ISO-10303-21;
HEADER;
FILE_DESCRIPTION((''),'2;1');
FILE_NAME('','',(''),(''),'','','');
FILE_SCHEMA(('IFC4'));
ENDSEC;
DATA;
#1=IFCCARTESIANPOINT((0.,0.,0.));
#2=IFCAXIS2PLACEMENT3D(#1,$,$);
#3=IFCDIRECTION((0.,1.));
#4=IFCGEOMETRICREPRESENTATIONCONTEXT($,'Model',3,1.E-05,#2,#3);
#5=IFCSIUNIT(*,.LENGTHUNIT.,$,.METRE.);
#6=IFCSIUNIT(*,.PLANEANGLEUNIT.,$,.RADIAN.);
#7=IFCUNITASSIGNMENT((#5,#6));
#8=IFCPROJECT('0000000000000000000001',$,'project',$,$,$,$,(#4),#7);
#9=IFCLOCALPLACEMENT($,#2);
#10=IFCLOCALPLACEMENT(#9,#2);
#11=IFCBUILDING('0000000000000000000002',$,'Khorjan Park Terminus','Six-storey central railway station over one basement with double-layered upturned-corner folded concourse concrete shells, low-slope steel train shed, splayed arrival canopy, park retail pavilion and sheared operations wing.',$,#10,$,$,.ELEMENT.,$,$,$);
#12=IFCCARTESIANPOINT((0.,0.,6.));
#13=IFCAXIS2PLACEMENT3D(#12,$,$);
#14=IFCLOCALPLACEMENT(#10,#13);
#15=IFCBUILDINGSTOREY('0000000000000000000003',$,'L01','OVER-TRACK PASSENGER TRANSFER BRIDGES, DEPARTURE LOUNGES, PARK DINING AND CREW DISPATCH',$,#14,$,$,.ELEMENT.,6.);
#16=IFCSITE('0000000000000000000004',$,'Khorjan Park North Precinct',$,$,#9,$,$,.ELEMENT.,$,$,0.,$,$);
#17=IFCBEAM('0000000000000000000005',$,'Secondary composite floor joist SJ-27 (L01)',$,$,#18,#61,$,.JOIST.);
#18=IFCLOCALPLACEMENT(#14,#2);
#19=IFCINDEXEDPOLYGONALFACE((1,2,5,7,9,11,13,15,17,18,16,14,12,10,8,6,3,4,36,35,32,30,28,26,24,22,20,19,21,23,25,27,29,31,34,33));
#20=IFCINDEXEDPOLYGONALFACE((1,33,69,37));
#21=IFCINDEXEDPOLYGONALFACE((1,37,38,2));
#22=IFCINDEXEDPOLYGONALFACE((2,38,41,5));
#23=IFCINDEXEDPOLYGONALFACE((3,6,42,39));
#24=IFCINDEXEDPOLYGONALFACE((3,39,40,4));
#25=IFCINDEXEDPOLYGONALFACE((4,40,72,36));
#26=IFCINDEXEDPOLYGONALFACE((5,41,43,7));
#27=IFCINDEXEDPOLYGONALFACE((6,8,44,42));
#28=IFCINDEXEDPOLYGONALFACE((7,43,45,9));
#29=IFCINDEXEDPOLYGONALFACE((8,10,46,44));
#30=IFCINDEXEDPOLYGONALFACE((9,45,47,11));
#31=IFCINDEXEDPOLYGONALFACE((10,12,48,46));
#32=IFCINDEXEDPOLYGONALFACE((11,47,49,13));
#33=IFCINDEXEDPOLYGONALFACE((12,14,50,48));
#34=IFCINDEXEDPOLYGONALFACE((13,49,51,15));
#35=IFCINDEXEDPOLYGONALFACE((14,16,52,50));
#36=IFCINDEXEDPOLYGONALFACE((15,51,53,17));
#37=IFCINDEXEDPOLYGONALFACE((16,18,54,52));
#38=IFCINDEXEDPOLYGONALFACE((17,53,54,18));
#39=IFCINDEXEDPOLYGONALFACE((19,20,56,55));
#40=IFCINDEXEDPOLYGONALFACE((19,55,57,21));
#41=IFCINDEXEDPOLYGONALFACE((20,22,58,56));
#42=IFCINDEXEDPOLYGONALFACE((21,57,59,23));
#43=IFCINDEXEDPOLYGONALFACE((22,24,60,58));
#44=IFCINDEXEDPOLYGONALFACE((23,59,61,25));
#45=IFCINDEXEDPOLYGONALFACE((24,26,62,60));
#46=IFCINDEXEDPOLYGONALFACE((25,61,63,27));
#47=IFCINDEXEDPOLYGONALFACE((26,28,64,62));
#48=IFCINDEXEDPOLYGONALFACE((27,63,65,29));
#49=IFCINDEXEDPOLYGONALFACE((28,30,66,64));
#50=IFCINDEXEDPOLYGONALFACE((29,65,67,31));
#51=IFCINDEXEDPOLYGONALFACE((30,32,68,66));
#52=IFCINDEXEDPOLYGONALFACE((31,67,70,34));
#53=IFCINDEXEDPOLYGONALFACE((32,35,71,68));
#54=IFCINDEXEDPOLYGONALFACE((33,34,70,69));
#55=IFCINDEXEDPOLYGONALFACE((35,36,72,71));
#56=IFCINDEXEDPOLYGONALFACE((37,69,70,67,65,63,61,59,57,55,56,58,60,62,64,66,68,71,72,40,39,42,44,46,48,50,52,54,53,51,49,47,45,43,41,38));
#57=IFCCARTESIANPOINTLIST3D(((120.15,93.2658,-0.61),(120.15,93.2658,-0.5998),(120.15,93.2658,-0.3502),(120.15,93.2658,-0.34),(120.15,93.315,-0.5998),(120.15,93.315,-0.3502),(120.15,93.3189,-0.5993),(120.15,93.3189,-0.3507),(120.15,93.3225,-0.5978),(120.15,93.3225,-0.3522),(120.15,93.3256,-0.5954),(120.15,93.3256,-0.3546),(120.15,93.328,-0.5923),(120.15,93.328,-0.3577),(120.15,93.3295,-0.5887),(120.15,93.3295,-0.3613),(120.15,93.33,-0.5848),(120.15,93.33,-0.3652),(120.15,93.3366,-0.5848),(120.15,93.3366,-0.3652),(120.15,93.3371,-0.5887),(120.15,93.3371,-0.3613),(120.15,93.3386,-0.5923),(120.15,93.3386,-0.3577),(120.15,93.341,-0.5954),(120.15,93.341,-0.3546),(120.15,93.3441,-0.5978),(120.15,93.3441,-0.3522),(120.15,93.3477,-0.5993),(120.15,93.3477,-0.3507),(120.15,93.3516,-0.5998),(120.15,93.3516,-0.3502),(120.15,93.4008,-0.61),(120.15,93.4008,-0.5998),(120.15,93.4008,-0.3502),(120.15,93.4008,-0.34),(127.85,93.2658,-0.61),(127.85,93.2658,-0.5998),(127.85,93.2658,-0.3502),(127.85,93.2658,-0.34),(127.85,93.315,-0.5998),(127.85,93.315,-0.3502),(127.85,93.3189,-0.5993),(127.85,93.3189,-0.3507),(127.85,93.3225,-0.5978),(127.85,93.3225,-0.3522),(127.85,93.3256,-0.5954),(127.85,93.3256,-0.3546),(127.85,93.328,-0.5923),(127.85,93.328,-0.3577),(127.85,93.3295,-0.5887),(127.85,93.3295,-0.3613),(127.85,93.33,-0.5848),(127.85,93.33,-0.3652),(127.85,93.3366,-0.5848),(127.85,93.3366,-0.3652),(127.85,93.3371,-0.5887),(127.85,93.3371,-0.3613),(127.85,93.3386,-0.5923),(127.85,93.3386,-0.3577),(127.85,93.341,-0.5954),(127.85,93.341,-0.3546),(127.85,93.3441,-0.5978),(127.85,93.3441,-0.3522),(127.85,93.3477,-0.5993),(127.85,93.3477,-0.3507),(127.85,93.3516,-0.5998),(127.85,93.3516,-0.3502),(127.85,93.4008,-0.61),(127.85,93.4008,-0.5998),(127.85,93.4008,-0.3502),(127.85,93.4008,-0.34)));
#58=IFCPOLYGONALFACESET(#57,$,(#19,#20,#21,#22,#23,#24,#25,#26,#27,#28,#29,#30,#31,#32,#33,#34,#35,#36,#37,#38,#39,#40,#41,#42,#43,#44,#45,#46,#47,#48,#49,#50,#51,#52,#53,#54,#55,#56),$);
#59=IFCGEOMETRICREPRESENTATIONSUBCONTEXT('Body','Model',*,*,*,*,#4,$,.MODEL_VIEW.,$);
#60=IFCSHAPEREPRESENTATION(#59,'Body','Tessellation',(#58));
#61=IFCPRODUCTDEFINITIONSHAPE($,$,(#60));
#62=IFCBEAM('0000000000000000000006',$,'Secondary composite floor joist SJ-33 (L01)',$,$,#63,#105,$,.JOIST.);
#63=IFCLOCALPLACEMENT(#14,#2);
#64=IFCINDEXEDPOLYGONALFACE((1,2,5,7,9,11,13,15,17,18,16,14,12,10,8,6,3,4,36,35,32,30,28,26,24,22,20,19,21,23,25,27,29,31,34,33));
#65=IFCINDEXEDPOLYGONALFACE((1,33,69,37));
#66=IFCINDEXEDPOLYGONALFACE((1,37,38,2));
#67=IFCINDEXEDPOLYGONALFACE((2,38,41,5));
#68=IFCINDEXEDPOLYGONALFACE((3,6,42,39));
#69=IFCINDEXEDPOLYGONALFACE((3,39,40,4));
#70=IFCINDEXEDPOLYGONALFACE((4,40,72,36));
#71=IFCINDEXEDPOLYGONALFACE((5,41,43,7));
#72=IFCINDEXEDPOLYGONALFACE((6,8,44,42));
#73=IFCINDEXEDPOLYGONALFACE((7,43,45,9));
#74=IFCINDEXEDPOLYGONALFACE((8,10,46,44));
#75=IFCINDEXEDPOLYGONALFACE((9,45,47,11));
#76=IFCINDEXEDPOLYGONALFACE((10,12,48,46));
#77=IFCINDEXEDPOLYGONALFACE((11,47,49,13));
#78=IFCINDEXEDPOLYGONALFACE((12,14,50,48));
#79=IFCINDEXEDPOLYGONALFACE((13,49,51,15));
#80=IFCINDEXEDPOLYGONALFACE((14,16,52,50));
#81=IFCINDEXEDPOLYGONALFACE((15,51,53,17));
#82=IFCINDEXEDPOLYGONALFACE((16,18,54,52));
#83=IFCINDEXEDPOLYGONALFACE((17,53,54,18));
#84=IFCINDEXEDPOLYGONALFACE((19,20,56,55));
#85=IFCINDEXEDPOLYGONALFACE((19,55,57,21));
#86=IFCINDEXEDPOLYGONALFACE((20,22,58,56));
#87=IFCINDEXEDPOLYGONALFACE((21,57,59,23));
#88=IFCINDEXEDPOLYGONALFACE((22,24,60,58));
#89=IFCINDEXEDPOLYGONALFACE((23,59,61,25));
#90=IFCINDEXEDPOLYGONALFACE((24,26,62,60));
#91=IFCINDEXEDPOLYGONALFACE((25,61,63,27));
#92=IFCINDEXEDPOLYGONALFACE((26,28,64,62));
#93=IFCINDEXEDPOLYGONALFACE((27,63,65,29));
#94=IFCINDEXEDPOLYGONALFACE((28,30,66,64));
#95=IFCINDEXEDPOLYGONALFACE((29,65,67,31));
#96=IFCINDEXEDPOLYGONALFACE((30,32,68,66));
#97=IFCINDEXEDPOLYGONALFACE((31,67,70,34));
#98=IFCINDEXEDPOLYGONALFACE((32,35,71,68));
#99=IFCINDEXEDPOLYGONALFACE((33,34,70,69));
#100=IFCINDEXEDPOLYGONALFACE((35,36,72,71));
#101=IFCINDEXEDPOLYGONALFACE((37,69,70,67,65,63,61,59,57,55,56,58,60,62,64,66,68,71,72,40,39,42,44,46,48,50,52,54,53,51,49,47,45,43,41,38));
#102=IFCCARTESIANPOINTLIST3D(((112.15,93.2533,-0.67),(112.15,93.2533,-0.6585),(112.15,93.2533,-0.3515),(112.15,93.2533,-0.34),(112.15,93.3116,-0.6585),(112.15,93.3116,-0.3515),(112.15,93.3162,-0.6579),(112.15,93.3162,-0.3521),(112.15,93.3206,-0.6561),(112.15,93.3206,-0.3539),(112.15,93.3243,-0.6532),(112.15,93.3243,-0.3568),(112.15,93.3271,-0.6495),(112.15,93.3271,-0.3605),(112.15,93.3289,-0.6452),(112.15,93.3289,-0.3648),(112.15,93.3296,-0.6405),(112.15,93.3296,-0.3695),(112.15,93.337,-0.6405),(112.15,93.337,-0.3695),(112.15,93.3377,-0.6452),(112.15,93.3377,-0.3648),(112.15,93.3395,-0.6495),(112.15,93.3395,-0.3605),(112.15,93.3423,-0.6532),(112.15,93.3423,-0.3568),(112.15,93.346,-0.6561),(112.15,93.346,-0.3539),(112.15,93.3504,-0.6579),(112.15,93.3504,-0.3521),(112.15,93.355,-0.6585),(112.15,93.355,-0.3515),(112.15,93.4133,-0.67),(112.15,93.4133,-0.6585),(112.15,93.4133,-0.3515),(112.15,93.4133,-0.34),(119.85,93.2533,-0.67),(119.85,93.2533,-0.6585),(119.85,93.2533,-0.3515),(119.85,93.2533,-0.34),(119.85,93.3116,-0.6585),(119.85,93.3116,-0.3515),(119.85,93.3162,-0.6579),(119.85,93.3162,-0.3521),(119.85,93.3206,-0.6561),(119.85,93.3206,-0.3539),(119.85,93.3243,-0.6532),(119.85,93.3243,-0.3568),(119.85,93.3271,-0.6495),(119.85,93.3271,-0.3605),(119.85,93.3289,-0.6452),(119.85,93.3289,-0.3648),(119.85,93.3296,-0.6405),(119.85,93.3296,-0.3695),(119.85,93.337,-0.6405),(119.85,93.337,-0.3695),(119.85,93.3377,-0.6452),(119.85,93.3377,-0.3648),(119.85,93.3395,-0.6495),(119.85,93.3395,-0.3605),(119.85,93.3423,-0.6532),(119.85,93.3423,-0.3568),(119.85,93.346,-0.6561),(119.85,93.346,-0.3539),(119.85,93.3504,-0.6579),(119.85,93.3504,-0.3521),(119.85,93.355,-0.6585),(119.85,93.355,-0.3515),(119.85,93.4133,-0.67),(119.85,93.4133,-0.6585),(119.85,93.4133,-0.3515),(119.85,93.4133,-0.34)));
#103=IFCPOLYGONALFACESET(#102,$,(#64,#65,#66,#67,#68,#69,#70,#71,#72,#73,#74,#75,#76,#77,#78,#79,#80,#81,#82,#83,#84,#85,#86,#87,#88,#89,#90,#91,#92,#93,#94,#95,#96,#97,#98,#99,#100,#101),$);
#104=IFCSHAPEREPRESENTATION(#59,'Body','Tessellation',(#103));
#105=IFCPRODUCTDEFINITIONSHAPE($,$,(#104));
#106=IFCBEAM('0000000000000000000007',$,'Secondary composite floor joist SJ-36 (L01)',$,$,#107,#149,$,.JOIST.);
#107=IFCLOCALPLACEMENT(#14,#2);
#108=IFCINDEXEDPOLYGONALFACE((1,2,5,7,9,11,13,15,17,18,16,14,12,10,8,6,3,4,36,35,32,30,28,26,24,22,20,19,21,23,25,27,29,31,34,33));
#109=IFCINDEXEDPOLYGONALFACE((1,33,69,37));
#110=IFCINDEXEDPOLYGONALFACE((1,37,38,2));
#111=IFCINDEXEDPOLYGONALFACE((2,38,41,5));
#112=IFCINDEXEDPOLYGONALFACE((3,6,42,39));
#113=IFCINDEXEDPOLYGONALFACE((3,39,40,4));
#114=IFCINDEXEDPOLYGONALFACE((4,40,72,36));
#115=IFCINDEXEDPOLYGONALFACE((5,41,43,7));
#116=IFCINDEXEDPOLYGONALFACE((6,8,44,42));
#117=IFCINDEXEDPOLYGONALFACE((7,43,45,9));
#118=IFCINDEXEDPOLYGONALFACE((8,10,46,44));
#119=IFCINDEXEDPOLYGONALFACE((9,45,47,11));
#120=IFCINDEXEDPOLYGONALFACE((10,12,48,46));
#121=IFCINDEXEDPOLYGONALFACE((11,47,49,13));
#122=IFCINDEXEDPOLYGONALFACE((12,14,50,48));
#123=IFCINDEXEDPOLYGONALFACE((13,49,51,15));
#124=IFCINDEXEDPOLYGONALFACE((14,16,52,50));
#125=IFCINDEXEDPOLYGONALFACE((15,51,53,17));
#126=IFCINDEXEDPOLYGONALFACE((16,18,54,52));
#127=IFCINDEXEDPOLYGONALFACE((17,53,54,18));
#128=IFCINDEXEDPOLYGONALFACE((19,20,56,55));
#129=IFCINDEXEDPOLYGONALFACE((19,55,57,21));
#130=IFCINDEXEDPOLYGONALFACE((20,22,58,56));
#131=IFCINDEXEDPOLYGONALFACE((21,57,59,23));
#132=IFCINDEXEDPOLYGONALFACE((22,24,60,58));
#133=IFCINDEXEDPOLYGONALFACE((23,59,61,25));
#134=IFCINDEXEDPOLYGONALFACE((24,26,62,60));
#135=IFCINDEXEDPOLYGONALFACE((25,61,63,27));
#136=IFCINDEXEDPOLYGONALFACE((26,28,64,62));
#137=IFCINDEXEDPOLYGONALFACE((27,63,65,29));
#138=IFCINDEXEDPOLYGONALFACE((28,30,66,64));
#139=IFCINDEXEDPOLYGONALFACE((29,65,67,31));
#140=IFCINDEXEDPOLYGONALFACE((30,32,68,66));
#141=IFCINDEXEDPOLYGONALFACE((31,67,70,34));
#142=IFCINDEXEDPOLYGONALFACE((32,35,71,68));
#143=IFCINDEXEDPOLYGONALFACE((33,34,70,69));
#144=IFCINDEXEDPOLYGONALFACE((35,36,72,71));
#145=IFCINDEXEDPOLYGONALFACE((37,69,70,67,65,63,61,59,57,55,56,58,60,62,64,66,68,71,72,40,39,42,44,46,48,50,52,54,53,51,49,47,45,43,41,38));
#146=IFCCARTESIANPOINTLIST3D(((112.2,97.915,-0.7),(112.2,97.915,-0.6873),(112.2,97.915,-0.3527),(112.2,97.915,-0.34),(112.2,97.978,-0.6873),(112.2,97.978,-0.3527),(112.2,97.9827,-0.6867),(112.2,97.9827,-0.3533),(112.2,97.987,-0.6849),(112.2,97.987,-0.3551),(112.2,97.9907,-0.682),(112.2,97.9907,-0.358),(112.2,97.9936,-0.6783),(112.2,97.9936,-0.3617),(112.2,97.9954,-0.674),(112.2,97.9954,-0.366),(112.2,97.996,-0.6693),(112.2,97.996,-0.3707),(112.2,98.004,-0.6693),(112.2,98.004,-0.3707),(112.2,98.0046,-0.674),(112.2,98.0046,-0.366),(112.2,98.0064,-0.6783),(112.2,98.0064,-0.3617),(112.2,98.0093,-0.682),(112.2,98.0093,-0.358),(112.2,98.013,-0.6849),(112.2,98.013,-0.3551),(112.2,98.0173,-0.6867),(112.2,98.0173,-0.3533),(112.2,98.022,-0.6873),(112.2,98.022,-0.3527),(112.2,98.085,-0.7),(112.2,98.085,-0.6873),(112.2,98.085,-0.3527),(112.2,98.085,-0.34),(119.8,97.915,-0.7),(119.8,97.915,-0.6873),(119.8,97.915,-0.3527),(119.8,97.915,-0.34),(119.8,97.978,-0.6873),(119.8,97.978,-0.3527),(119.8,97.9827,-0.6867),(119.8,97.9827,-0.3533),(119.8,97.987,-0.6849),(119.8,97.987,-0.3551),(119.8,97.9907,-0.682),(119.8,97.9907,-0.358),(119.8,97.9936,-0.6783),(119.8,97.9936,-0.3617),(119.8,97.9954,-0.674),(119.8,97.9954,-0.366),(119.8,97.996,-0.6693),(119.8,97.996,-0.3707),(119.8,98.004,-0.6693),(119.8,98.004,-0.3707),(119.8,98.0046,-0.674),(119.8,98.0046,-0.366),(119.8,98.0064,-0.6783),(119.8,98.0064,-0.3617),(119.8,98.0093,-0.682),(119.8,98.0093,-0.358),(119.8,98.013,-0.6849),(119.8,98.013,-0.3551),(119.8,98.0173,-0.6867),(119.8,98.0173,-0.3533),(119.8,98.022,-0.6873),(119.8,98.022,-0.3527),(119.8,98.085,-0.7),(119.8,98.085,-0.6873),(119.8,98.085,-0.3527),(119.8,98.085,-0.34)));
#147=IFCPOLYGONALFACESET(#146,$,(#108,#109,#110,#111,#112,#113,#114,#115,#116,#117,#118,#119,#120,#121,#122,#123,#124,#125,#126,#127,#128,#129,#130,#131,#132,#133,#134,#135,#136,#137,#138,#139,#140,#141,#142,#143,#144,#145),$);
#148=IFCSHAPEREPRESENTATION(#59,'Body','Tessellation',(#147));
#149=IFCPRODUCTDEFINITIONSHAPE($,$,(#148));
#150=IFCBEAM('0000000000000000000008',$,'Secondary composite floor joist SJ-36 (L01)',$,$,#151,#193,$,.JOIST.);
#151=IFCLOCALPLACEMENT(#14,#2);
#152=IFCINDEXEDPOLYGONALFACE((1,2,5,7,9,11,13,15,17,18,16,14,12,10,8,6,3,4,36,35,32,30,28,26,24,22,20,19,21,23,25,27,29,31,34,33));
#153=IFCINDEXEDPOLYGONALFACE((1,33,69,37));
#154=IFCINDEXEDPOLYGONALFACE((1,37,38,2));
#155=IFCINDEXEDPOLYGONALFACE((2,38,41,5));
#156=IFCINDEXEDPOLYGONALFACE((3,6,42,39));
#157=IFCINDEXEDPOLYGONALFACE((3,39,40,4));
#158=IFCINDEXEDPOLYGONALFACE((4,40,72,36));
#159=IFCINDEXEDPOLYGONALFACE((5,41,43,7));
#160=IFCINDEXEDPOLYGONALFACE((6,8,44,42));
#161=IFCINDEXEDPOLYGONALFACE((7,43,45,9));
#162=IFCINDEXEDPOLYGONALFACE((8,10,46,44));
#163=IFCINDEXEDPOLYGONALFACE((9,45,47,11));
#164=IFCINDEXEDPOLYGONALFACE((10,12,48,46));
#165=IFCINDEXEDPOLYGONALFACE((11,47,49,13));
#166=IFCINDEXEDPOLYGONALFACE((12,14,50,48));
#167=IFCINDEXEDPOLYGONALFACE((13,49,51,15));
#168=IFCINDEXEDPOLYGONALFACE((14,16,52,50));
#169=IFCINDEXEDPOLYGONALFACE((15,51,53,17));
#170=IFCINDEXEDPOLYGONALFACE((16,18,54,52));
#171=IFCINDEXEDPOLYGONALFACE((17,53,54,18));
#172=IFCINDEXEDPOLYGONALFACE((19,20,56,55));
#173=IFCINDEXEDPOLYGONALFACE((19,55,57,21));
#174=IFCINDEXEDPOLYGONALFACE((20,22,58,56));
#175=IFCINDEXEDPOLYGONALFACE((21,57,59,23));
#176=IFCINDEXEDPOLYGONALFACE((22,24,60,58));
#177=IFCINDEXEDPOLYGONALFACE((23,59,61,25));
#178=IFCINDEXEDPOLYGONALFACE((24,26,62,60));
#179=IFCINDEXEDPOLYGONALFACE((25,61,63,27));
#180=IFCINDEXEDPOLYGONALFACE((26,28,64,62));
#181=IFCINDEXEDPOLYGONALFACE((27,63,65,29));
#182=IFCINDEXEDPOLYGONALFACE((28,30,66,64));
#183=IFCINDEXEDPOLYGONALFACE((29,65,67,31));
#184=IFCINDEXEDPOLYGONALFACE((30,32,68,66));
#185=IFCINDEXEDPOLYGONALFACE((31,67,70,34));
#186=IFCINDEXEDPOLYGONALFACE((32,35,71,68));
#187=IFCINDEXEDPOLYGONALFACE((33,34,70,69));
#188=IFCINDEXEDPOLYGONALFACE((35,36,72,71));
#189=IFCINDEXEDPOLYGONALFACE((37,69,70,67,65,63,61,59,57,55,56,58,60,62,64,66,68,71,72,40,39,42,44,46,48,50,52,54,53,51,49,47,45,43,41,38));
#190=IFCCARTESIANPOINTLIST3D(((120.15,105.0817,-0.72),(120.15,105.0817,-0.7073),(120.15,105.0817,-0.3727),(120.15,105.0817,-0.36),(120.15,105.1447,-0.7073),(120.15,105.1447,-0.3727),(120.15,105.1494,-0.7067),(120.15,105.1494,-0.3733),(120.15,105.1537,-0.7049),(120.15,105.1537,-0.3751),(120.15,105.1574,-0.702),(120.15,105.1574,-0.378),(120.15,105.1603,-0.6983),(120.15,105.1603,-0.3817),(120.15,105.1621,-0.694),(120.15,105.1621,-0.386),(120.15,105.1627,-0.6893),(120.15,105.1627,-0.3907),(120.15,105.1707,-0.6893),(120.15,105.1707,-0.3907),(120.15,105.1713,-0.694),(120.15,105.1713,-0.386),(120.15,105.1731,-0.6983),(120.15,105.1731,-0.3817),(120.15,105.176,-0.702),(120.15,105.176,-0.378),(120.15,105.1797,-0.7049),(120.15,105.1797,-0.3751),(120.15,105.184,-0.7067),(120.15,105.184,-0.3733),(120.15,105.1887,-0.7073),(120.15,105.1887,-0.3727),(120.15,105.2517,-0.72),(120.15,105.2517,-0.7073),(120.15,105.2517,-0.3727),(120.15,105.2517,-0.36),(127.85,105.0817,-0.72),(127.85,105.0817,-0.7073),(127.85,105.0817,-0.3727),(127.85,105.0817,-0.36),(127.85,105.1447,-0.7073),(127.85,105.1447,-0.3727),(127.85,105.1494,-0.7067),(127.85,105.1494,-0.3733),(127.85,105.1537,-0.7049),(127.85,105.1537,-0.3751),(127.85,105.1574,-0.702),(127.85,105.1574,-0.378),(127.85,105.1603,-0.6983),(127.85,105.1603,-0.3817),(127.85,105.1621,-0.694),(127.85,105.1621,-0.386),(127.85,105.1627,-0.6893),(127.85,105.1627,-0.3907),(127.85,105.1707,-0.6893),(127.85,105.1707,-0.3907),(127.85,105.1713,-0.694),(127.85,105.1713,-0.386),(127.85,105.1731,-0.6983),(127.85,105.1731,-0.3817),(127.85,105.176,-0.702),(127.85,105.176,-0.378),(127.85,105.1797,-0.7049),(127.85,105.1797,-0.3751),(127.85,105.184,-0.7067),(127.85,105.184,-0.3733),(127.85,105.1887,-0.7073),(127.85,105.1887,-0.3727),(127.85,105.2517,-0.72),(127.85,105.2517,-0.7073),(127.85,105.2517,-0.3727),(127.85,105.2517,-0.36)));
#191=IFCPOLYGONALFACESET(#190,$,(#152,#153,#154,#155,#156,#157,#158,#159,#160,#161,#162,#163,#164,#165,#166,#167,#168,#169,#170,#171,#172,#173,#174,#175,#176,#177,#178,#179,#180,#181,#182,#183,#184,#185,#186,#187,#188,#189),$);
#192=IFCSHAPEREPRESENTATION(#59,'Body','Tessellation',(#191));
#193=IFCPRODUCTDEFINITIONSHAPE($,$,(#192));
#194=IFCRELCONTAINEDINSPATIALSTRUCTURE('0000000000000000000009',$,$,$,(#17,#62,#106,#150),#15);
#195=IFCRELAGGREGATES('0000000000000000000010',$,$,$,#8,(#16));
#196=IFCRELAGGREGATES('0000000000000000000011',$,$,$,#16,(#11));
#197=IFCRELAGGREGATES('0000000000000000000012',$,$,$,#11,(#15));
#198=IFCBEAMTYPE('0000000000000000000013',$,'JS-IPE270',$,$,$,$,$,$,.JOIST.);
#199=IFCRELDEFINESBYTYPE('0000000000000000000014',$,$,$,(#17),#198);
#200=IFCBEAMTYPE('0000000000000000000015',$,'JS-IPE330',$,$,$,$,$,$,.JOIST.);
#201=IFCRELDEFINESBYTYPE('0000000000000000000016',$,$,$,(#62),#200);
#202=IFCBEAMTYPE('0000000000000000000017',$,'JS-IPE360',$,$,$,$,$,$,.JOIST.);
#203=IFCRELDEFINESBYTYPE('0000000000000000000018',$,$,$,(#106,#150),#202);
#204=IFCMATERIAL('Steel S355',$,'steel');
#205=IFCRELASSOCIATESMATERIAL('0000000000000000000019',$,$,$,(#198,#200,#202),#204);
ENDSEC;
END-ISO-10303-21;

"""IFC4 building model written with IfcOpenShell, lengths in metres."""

from ifc_helpers import new_model, si_unit, direction, frame, origin, origin_2d, place, context, subcontext, project, spatial, i_section, extrude, material, material_profile, profile_set, type_object, element, save


model = new_model("IFC4")

# Units and contexts
model_context = context("Model", 3, precision=1e-05, world=origin(), true_north=direction((0.0, 1.0)))
body_context = subcontext(model_context, "Body", "Model", "MODEL_VIEW")
ifc_project = project(units=[si_unit("LENGTHUNIT", "METRE"), si_unit("PLANEANGLEUNIT", "RADIAN")], contexts=[model_context])

# Site, building, storey
site_placement = place(None, origin())
site = spatial("IfcSite", under=ifc_project, at=site_placement, Name="Khorjan Park North Precinct", CompositionType="ELEMENT", RefElevation=0.0)
building_placement = place(site_placement, origin())
building = spatial("IfcBuilding", under=site, at=building_placement, Name="Khorjan Park Terminus", Description="Six-storey central railway station over one basement with double-layered upturned-corner folded concourse concrete shells, low-slope steel train shed, splayed arrival canopy, park retail pavilion and sheared operations wing.", CompositionType="ELEMENT")
storey_placement = place(building_placement, frame((0.0, 0.0, 6.0)))
storey = spatial("IfcBuildingStorey", under=building, at=storey_placement, Name="L01", Description="OVER-TRACK PASSENGER TRANSFER BRIDGES, DEPARTURE LOUNGES, PARK DINING AND CREW DISPATCH", CompositionType="ELEMENT", Elevation=6.0)

# Shared definitions
ifc_material_1 = material(Name="Steel S355", Category="steel")

# Beams
ifc_material_profile_1 = material_profile(ifc_material_1, i_section(OverallWidth=0.135, OverallDepth=0.27, WebThickness=0.0066, FlangeThickness=0.0102, FilletRadius=0.015, at=origin_2d()), Name="IPE 270")
ifc_profile_set_1 = profile_set([ifc_material_profile_1], Name="Steel S355")
beam_type_1 = type_object("IfcBeamType", Name="JS-IPE270", PredefinedType="JOIST", material=ifc_profile_set_1)
beam_1_placement = place(storey_placement, frame((120.15, 93.3333, -0.475), z_axis=(1.0, 0.0, 0.0), x_axis=(0.0, 1.0, 0.0)))
element("IfcBeam", 1, at=beam_1_placement, inside=storey, type_object=beam_type_1, Name="Secondary composite floor joist SJ-27 (L01)", PredefinedType="JOIST", context=body_context, shape_type="SweptSolid", body=[
    extrude(i_section(OverallWidth=0.135, OverallDepth=0.27, WebThickness=0.0066, FlangeThickness=0.0102, FilletRadius=0.015, at=origin_2d()), origin(), (0.0, 0.0, 1.0), 7.7),
])
ifc_material_profile_2 = material_profile(ifc_material_1, i_section(OverallWidth=0.16, OverallDepth=0.33, WebThickness=0.0075, FlangeThickness=0.0115, FilletRadius=0.018, at=origin_2d()), Name="IPE 330")
ifc_profile_set_2 = profile_set([ifc_material_profile_2], Name="Steel S355")
beam_type_2 = type_object("IfcBeamType", Name="JS-IPE330", PredefinedType="JOIST", material=ifc_profile_set_2)
beam_2_placement = place(storey_placement, frame((112.15, 93.3333, -0.505), z_axis=(1.0, 0.0, 0.0), x_axis=(0.0, 1.0, 0.0)))
element("IfcBeam", 2, at=beam_2_placement, inside=storey, type_object=beam_type_2, Name="Secondary composite floor joist SJ-33 (L01)", PredefinedType="JOIST", context=body_context, shape_type="SweptSolid", body=[
    extrude(i_section(OverallWidth=0.16, OverallDepth=0.33, WebThickness=0.0075, FlangeThickness=0.0115, FilletRadius=0.018, at=origin_2d()), origin(), (0.0, 0.0, 1.0), 7.7),
])
ifc_material_profile_3 = material_profile(ifc_material_1, i_section(OverallWidth=0.17, OverallDepth=0.36, WebThickness=0.008, FlangeThickness=0.0127, FilletRadius=0.018, at=origin_2d()), Name="IPE 360")
ifc_profile_set_3 = profile_set([ifc_material_profile_3], Name="Steel S355")
beam_type_3 = type_object("IfcBeamType", Name="JS-IPE360", PredefinedType="JOIST", material=ifc_profile_set_3)
beam_3_placement = place(storey_placement, frame((112.2, 98.0, -0.52), z_axis=(1.0, 0.0, 0.0), x_axis=(0.0, 1.0, 0.0)))
element("IfcBeam", 3, at=beam_3_placement, inside=storey, type_object=beam_type_3, Name="Secondary composite floor joist SJ-36 (L01)", PredefinedType="JOIST", context=body_context, shape_type="SweptSolid", body=[
    extrude(i_section(OverallWidth=0.17, OverallDepth=0.36, WebThickness=0.008, FlangeThickness=0.0127, FilletRadius=0.018, at=origin_2d()), origin(), (0.0, 0.0, 1.0), 7.6),
])
beam_4_placement = place(storey_placement, frame((120.15, 105.1667, -0.54), z_axis=(1.0, 0.0, 0.0), x_axis=(0.0, 1.0, 0.0)))
element("IfcBeam", 4, at=beam_4_placement, inside=storey, type_object=beam_type_3, Name="Secondary composite floor joist SJ-36 (L01)", PredefinedType="JOIST", context=body_context, shape_type="SweptSolid", body=[
    extrude(i_section(OverallWidth=0.17, OverallDepth=0.36, WebThickness=0.008, FlangeThickness=0.0127, FilletRadius=0.018, at=origin_2d()), origin(), (0.0, 0.0, 1.0), 7.7),
])

save(model, "model.ifc")
